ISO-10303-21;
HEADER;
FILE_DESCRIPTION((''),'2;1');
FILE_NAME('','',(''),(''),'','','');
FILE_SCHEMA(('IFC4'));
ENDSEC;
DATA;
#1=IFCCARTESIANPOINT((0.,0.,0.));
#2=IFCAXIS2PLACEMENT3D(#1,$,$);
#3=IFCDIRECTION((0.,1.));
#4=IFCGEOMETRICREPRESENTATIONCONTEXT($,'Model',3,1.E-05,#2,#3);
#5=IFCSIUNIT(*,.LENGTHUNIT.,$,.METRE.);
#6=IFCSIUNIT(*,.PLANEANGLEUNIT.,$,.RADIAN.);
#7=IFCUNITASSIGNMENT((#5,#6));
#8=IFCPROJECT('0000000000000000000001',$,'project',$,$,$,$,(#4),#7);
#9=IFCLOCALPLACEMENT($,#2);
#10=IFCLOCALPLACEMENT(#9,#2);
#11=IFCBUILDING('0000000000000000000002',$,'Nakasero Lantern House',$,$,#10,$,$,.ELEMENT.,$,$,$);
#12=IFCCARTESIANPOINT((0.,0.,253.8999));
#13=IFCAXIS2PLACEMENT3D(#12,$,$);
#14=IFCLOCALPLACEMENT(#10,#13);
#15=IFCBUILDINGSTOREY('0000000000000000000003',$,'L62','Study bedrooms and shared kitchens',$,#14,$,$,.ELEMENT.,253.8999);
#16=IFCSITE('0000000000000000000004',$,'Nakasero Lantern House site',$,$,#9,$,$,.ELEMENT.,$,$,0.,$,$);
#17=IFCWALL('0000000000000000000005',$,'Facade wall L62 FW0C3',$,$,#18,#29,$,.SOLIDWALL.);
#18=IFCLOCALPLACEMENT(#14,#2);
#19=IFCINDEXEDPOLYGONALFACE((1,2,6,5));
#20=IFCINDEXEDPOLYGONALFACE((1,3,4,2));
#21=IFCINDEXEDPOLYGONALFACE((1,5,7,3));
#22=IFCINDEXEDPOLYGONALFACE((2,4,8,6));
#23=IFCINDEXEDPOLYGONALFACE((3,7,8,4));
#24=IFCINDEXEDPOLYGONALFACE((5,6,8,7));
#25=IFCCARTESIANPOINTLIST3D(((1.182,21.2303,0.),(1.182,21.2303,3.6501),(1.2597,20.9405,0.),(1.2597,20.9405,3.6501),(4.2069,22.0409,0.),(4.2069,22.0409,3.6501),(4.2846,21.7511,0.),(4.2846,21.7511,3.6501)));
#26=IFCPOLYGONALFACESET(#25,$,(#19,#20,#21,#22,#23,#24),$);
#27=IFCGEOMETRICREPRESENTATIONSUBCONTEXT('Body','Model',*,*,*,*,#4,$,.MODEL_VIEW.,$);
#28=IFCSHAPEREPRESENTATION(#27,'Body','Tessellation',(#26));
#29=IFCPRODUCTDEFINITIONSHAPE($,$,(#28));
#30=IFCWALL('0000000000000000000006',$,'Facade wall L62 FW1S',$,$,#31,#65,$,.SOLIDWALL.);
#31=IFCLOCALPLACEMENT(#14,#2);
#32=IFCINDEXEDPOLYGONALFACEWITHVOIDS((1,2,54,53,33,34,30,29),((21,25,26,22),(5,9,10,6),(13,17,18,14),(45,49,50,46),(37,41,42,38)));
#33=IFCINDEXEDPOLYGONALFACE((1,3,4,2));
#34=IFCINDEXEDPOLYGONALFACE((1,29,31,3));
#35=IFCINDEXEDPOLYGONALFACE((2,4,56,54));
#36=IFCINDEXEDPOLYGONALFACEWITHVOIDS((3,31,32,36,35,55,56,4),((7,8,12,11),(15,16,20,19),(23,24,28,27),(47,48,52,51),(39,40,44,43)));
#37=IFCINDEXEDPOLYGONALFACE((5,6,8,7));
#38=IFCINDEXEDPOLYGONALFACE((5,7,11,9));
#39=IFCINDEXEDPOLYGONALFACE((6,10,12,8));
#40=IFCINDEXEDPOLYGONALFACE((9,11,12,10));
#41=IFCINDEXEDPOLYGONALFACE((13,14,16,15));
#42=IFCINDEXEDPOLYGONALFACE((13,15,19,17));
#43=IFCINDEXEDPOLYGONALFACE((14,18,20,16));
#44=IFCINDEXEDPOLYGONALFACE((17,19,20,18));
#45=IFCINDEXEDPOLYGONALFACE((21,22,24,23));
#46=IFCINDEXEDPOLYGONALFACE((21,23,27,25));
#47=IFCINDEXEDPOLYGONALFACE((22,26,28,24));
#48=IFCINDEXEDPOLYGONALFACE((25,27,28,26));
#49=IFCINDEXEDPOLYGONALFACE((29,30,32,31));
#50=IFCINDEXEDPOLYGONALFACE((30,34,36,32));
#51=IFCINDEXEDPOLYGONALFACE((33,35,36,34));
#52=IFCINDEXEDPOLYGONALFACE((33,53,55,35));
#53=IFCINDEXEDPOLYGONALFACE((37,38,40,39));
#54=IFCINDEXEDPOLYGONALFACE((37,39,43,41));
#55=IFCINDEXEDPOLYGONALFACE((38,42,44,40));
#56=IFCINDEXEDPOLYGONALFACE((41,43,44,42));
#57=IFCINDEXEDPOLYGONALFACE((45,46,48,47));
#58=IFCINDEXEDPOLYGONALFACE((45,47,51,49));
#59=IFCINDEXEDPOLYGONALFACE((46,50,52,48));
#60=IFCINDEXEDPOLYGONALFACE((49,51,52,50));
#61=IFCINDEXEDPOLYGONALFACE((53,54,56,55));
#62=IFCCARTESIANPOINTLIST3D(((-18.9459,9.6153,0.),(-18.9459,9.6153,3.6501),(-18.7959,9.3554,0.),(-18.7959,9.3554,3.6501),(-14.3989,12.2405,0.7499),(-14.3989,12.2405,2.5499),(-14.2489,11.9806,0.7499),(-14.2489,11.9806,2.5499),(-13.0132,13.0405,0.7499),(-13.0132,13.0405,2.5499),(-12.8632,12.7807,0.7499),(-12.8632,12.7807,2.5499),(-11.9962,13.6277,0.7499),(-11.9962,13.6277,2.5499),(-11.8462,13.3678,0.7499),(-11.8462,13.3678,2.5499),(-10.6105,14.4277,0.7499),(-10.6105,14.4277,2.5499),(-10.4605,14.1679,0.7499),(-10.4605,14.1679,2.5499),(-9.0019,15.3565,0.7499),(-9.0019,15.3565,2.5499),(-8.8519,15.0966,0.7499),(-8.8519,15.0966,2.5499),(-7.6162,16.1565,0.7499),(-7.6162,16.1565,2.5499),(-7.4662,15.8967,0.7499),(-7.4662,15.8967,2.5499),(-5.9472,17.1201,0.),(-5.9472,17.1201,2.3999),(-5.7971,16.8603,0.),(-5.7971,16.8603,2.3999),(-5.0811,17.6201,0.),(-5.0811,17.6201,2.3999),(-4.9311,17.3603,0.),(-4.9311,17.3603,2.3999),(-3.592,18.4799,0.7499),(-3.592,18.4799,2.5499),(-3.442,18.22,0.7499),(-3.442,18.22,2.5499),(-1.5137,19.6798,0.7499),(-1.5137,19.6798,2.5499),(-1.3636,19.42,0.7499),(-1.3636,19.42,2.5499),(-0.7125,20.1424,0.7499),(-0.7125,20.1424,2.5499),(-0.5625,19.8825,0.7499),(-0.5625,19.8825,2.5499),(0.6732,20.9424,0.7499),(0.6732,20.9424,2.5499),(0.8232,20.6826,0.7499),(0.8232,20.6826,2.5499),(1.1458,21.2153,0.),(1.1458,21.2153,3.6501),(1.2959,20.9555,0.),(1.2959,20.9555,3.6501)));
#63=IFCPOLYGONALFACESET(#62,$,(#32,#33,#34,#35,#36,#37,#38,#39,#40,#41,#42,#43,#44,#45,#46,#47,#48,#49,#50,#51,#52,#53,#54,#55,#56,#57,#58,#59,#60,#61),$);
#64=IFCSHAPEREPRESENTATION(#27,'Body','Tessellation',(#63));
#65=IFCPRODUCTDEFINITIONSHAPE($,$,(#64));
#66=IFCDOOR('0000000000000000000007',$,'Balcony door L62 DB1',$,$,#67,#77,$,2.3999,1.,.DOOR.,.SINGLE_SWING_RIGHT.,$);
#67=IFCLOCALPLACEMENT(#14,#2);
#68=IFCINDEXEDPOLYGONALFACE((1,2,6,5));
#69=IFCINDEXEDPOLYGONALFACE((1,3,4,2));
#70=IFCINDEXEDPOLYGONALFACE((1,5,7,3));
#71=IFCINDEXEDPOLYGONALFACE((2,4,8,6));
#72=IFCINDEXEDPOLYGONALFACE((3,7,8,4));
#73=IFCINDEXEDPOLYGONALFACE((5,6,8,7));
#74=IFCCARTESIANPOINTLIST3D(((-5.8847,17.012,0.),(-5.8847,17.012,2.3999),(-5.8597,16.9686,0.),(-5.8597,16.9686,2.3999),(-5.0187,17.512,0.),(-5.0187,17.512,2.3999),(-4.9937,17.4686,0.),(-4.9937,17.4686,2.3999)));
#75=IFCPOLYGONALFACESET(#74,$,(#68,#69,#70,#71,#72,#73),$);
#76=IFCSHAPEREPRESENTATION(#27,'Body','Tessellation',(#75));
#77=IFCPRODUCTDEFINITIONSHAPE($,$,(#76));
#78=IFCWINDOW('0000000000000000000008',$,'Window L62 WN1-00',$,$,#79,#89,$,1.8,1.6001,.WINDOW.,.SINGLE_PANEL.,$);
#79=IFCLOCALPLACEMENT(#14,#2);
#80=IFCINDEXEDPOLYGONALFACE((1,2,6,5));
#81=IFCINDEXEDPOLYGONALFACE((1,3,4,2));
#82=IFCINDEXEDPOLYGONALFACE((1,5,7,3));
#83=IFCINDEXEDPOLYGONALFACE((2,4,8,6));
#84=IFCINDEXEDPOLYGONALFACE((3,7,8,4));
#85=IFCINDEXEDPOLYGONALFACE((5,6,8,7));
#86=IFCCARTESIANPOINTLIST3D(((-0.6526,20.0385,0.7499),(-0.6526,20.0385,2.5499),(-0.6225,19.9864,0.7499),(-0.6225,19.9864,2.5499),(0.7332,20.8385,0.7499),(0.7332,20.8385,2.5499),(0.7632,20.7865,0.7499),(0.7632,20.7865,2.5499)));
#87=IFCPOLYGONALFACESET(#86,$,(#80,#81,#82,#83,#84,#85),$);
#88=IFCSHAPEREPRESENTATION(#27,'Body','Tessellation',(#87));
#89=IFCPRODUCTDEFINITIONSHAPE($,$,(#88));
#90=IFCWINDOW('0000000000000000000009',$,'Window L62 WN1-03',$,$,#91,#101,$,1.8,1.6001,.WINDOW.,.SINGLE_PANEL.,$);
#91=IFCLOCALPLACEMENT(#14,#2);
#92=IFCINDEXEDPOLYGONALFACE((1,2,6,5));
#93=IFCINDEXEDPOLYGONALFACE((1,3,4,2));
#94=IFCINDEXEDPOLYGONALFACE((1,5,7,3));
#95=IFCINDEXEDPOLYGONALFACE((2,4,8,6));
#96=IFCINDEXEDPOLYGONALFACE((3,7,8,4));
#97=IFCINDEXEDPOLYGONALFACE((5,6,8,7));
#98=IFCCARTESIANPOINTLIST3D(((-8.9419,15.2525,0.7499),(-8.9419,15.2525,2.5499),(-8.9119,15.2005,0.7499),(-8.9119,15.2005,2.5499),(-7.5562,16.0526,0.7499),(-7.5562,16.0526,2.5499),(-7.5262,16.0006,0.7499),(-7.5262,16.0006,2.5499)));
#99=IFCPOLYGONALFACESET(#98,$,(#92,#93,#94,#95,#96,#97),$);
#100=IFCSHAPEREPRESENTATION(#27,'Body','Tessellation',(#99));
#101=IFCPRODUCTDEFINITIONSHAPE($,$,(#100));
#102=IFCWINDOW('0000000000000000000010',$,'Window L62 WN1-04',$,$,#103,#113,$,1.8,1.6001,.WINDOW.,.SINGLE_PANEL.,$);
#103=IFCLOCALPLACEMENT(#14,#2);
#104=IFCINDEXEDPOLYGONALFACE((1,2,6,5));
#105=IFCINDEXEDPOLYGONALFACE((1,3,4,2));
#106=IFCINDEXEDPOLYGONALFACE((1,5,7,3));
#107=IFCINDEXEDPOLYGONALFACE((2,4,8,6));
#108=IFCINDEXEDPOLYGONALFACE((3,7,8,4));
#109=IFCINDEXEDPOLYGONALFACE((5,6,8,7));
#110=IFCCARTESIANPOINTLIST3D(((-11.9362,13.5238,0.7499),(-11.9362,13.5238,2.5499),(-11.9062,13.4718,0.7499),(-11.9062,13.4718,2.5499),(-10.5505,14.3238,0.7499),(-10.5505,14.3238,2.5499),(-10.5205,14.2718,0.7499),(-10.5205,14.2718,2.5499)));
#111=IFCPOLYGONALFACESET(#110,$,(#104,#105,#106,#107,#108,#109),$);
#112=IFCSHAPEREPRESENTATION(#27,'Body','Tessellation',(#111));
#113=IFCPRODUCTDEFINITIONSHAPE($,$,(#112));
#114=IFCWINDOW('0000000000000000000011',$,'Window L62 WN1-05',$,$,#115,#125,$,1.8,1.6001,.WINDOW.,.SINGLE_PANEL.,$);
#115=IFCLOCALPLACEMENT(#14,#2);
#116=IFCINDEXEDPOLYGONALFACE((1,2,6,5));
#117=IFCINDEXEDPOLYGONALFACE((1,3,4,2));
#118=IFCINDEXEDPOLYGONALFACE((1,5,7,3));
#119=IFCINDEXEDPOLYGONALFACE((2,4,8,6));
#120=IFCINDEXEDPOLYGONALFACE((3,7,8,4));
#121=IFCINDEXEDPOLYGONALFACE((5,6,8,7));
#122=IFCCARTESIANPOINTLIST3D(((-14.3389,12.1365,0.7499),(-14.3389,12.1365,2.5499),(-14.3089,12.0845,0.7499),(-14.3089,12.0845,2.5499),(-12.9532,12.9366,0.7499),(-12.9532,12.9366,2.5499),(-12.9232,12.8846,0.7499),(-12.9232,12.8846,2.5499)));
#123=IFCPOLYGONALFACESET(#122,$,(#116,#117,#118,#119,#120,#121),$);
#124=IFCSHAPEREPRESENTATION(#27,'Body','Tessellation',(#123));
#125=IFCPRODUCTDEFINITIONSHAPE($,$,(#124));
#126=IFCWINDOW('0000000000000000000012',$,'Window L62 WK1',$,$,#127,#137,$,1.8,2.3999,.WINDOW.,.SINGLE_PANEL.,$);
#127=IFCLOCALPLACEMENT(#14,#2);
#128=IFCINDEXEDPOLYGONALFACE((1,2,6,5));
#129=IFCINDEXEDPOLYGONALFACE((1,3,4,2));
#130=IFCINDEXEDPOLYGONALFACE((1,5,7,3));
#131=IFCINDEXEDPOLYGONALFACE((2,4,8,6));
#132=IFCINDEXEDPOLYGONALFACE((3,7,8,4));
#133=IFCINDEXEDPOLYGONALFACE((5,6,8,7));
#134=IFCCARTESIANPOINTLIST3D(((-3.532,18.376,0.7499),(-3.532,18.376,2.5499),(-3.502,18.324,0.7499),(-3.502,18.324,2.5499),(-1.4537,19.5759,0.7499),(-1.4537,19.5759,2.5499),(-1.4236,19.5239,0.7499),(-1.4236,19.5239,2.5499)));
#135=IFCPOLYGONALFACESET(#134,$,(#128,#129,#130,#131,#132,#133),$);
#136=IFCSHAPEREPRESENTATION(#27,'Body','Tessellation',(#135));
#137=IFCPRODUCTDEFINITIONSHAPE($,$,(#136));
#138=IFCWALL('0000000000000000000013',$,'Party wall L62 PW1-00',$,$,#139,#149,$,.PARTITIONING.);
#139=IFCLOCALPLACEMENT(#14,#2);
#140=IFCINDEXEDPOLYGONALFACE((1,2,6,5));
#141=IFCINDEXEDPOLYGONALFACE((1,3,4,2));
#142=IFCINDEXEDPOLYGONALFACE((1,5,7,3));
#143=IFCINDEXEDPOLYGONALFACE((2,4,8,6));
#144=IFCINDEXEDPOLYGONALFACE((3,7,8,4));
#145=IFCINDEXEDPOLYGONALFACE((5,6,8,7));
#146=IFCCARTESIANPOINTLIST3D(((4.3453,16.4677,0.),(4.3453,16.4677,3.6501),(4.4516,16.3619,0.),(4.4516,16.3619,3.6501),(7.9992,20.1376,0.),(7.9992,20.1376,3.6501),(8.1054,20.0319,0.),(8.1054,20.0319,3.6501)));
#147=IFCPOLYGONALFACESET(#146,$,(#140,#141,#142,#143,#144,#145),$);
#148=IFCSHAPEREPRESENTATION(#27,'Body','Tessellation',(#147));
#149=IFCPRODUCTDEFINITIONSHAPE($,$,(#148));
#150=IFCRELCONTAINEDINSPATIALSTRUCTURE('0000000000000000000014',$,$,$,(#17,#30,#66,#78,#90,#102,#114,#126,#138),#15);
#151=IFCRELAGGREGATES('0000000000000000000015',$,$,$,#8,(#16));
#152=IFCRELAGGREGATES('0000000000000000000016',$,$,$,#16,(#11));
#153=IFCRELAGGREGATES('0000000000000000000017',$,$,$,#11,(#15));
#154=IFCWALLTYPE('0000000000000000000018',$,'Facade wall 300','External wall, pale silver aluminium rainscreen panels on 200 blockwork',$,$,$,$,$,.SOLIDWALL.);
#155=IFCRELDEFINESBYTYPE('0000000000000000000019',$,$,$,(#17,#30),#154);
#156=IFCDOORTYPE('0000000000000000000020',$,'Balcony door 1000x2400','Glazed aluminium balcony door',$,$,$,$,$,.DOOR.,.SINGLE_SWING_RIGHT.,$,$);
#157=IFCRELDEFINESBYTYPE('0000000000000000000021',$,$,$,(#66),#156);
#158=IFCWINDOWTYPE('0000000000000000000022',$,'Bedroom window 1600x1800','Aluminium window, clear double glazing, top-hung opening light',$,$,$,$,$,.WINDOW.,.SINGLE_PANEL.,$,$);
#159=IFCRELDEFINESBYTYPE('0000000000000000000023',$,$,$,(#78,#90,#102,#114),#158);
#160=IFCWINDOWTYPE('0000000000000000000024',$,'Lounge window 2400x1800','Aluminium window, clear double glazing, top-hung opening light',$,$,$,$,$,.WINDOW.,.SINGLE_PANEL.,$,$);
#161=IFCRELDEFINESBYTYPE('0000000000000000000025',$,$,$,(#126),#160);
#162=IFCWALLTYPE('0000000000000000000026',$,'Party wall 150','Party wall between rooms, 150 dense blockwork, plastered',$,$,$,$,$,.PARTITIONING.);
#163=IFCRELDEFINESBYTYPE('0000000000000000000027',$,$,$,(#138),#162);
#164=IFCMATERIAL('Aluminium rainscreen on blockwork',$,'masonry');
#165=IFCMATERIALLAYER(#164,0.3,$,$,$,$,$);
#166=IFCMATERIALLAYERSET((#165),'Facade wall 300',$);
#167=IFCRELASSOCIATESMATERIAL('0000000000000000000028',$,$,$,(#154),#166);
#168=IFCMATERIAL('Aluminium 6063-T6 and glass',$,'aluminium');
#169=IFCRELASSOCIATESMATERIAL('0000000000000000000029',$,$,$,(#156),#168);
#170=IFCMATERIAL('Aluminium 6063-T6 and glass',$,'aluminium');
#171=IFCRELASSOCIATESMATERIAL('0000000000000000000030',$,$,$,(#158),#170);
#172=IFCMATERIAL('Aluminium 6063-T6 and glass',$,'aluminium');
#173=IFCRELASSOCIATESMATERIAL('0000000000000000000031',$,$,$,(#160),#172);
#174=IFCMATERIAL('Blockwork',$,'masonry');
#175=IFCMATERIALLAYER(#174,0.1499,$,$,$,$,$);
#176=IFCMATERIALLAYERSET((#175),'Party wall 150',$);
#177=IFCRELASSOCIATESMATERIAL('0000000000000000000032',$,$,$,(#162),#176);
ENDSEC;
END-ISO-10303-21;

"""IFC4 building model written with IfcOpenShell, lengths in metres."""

from ifc_helpers import new_model, si_unit, direction, frame, frame_2d, origin, place, context, subcontext, project, spatial, rectangle, extrude, material, layer, layer_set, type_object, element, fill, save


model = new_model("IFC4")

# Units and contexts
model_context = context("Model", 3, precision=1e-05, world=origin(), true_north=direction((0.0, 1.0)))
body_context = subcontext(model_context, "Body", "Model", "MODEL_VIEW")
ifc_project = project(units=[si_unit("LENGTHUNIT", "METRE"), si_unit("PLANEANGLEUNIT", "RADIAN")], contexts=[model_context])

# Site, building, storey
site_placement = place(None, origin())
site = spatial("IfcSite", under=ifc_project, at=site_placement, Name="Nakasero Lantern House site", CompositionType="ELEMENT", RefElevation=0.0)
building_placement = place(site_placement, origin())
building = spatial("IfcBuilding", under=site, at=building_placement, Name="Nakasero Lantern House", CompositionType="ELEMENT")
storey_placement = place(building_placement, frame((0.0, 0.0, 253.8999)))
storey = spatial("IfcBuildingStorey", under=building, at=storey_placement, Name="L62", Description="Study bedrooms and shared kitchens", CompositionType="ELEMENT", Elevation=253.8999)

# Wall
ifc_material_1 = material(Name="Aluminium rainscreen on blockwork", Category="masonry")
ifc_layer_1 = layer(ifc_material_1, 0.3)
ifc_layer_set_1 = layer_set([ifc_layer_1], Name="Facade wall 300")
wall_type_1 = type_object("IfcWallType", Name="Facade wall 300", Description="External wall, pale silver aluminium rainscreen panels on 200 blockwork", PredefinedType="SOLIDWALL", material=ifc_layer_set_1)
wall_1_placement = place(storey_placement, frame((4.2458, 21.896, 0.0), z_axis=(0.0, 0.0, 1.0), x_axis=(-0.965924, -0.258827, 0.0)))
element("IfcWall", 1, at=wall_1_placement, inside=storey, type_object=wall_type_1, Name="Facade wall L62 FW0C3", PredefinedType="SOLIDWALL", context=body_context, shape_type="SweptSolid", body=[
    extrude(rectangle(XDim=3.1316, YDim=0.3, at=frame_2d((1.5659, 0.0))), origin(), (0.0, 0.0, 1.0), 3.6501),
])

# Wall, openings, door, windows
wall_2_placement = place(storey_placement, frame((1.2209, 21.0854, 0.0), z_axis=(0.0, 0.0, 1.0), x_axis=(-0.866024, -0.500003, 0.0)))
wall_2 = element("IfcWall", 2, at=wall_2_placement, inside=storey, type_object=wall_type_1, Name="Facade wall L62 FW1S", PredefinedType="SOLIDWALL", context=body_context, shape_type="SweptSolid", body=[
    extrude(rectangle(XDim=23.2, YDim=0.3, at=frame_2d((11.6001, 0.0))), origin(), (0.0, 0.0, 1.0), 3.6501),
])
opening_1_placement = place(wall_2_placement, frame((0.5459, 0.0, 0.75)))
opening_1 = element("IfcOpeningElement", 3, at=opening_1_placement, cuts=wall_2, PredefinedType="OPENING", context=body_context, shape_type="SweptSolid", body=[
    extrude(rectangle(XDim=1.6001, YDim=1.8, at=frame_2d((0.8, 0.8999))), frame((0.0, 0.1699, 0.0), z_axis=(0.0, -1.0, 0.0), x_axis=(1.0, 0.0, 0.0)), (0.0, 0.0, 1.0), 0.3401),
])
opening_2_placement = place(wall_2_placement, frame((10.1177, 0.0, 0.75)))
opening_2 = element("IfcOpeningElement", 4, at=opening_2_placement, cuts=wall_2, PredefinedType="OPENING", context=body_context, shape_type="SweptSolid", body=[
    extrude(rectangle(XDim=1.6001, YDim=1.8, at=frame_2d((0.8, 0.8999))), frame((0.0, 0.1699, 0.0), z_axis=(0.0, -1.0, 0.0), x_axis=(1.0, 0.0, 0.0)), (0.0, 0.0, 1.0), 0.3401),
])
opening_3_placement = place(wall_2_placement, frame((13.5752, 0.0, 0.75)))
opening_3 = element("IfcOpeningElement", 5, at=opening_3_placement, cuts=wall_2, PredefinedType="OPENING", context=body_context, shape_type="SweptSolid", body=[
    extrude(rectangle(XDim=1.6001, YDim=1.8, at=frame_2d((0.8, 0.8999))), frame((0.0, 0.1699, 0.0), z_axis=(0.0, -1.0, 0.0), x_axis=(1.0, 0.0, 0.0)), (0.0, 0.0, 1.0), 0.3401),
])
opening_4_placement = place(wall_2_placement, frame((16.3496, 0.0, 0.75)))
opening_4 = element("IfcOpeningElement", 6, at=opening_4_placement, cuts=wall_2, PredefinedType="OPENING", context=body_context, shape_type="SweptSolid", body=[
    extrude(rectangle(XDim=1.6001, YDim=1.8, at=frame_2d((0.8, 0.8999))), frame((0.0, 0.1699, 0.0), z_axis=(0.0, -1.0, 0.0), x_axis=(1.0, 0.0, 0.0)), (0.0, 0.0, 1.0), 0.3401),
])
opening_5_placement = place(wall_2_placement, frame((3.071, 0.0, 0.75)))
opening_5 = element("IfcOpeningElement", 7, at=opening_5_placement, cuts=wall_2, PredefinedType="OPENING", context=body_context, shape_type="SweptSolid", body=[
    extrude(rectangle(XDim=2.3999, YDim=1.8, at=frame_2d((1.2, 0.8999))), frame((0.0, 0.1699, 0.0), z_axis=(0.0, -1.0, 0.0), x_axis=(1.0, 0.0, 0.0)), (0.0, 0.0, 1.0), 0.3401),
])
opening_6_placement = place(wall_2_placement, frame((7.1904, 0.0, 0.0)))
opening_6 = element("IfcOpeningElement", 8, at=opening_6_placement, cuts=wall_2, PredefinedType="OPENING", context=body_context, shape_type="SweptSolid", body=[
    extrude(rectangle(XDim=1.0, YDim=2.3999, at=frame_2d((0.5, 1.2))), frame((0.0, 0.1699, 0.0), z_axis=(0.0, -1.0, 0.0), x_axis=(1.0, 0.0, 0.0)), (0.0, 0.0, 1.0), 0.3401),
])
ifc_material_2 = material(Name="Aluminium 6063-T6 and glass", Category="aluminium")
door_type_1 = type_object("IfcDoorType", Name="Balcony door 1000x2400", Description="Glazed aluminium balcony door", OperationType="SINGLE_SWING_RIGHT", PredefinedType="DOOR", material=ifc_material_2)
door_1_placement = place(opening_6_placement, origin())
door_1 = element("IfcDoor", 9, at=door_1_placement, inside=storey, type_object=door_type_1, Name="Balcony door L62 DB1", OperationType="SINGLE_SWING_RIGHT", OverallHeight=2.3999, OverallWidth=1.0, PredefinedType="DOOR", context=body_context, shape_type="SweptSolid", body=[
    extrude(rectangle(XDim=1.0, YDim=2.3999, at=frame_2d((0.5, 1.2))), frame((0.0, 0.0249, 0.0), z_axis=(0.0, -1.0, 0.0), x_axis=(1.0, 0.0, 0.0)), (0.0, 0.0, 1.0), 0.05),
])
fill(opening_6, door_1)
ifc_material_3 = material(Name="Aluminium 6063-T6 and glass", Category="aluminium")
window_type_1 = type_object("IfcWindowType", Name="Bedroom window 1600x1800", Description="Aluminium window, clear double glazing, top-hung opening light", PartitioningType="SINGLE_PANEL", PredefinedType="WINDOW", material=ifc_material_3)
window_1_placement = place(opening_1_placement, origin())
window_1 = element("IfcWindow", 10, at=window_1_placement, inside=storey, type_object=window_type_1, Name="Window L62 WN1-00", OverallHeight=1.8, OverallWidth=1.6001, PartitioningType="SINGLE_PANEL", PredefinedType="WINDOW", context=body_context, shape_type="SweptSolid", body=[
    extrude(rectangle(XDim=1.6001, YDim=1.8, at=frame_2d((0.8, 0.8999))), frame((0.0, 0.03, 0.0), z_axis=(0.0, -1.0, 0.0), x_axis=(1.0, 0.0, 0.0)), (0.0, 0.0, 1.0), 0.0601),
])
fill(opening_1, window_1)
window_2_placement = place(opening_2_placement, origin())
window_2 = element("IfcWindow", 11, at=window_2_placement, inside=storey, type_object=window_type_1, Name="Window L62 WN1-03", OverallHeight=1.8, OverallWidth=1.6001, PartitioningType="SINGLE_PANEL", PredefinedType="WINDOW", context=body_context, shape_type="SweptSolid", body=[
    extrude(rectangle(XDim=1.6001, YDim=1.8, at=frame_2d((0.8, 0.8999))), frame((0.0, 0.03, 0.0), z_axis=(0.0, -1.0, 0.0), x_axis=(1.0, 0.0, 0.0)), (0.0, 0.0, 1.0), 0.0601),
])
fill(opening_2, window_2)
window_3_placement = place(opening_3_placement, origin())
window_3 = element("IfcWindow", 12, at=window_3_placement, inside=storey, type_object=window_type_1, Name="Window L62 WN1-04", OverallHeight=1.8, OverallWidth=1.6001, PartitioningType="SINGLE_PANEL", PredefinedType="WINDOW", context=body_context, shape_type="SweptSolid", body=[
    extrude(rectangle(XDim=1.6001, YDim=1.8, at=frame_2d((0.8, 0.8999))), frame((0.0, 0.03, 0.0), z_axis=(0.0, -1.0, 0.0), x_axis=(1.0, 0.0, 0.0)), (0.0, 0.0, 1.0), 0.0601),
])
fill(opening_3, window_3)
window_4_placement = place(opening_4_placement, origin())
window_4 = element("IfcWindow", 13, at=window_4_placement, inside=storey, type_object=window_type_1, Name="Window L62 WN1-05", OverallHeight=1.8, OverallWidth=1.6001, PartitioningType="SINGLE_PANEL", PredefinedType="WINDOW", context=body_context, shape_type="SweptSolid", body=[
    extrude(rectangle(XDim=1.6001, YDim=1.8, at=frame_2d((0.8, 0.8999))), frame((0.0, 0.03, 0.0), z_axis=(0.0, -1.0, 0.0), x_axis=(1.0, 0.0, 0.0)), (0.0, 0.0, 1.0), 0.0601),
])
fill(opening_4, window_4)
ifc_material_4 = material(Name="Aluminium 6063-T6 and glass", Category="aluminium")
window_type_2 = type_object("IfcWindowType", Name="Lounge window 2400x1800", Description="Aluminium window, clear double glazing, top-hung opening light", PartitioningType="SINGLE_PANEL", PredefinedType="WINDOW", material=ifc_material_4)
window_5_placement = place(opening_5_placement, origin())
window_5 = element("IfcWindow", 14, at=window_5_placement, inside=storey, type_object=window_type_2, Name="Window L62 WK1", OverallHeight=1.8, OverallWidth=2.3999, PartitioningType="SINGLE_PANEL", PredefinedType="WINDOW", context=body_context, shape_type="SweptSolid", body=[
    extrude(rectangle(XDim=2.3999, YDim=1.8, at=frame_2d((1.2, 0.8999))), frame((0.0, 0.03, 0.0), z_axis=(0.0, -1.0, 0.0), x_axis=(1.0, 0.0, 0.0)), (0.0, 0.0, 1.0), 0.0601),
])
fill(opening_5, window_5)

# Wall
ifc_material_5 = material(Name="Blockwork", Category="masonry")
ifc_layer_2 = layer(ifc_material_5, 0.1499)
ifc_layer_set_2 = layer_set([ifc_layer_2], Name="Party wall 150")
wall_type_2 = type_object("IfcWallType", Name="Party wall 150", Description="Party wall between rooms, 150 dense blockwork, plastered", PredefinedType="PARTITIONING", material=ifc_layer_set_2)
wall_3_placement = place(storey_placement, frame((4.3984, 16.4148, 0.0), z_axis=(0.0, 0.0, 1.0), x_axis=(0.705549, 0.708661, 0.0)))
element("IfcWall", 15, at=wall_3_placement, inside=storey, type_object=wall_type_2, Name="Party wall L62 PW1-00", PredefinedType="PARTITIONING", context=body_context, shape_type="SweptSolid", body=[
    extrude(rectangle(XDim=5.1787, YDim=0.1499, at=frame_2d((2.5894, 0.0))), origin(), (0.0, 0.0, 1.0), 3.6501),
])

save(model, "model.ifc")
